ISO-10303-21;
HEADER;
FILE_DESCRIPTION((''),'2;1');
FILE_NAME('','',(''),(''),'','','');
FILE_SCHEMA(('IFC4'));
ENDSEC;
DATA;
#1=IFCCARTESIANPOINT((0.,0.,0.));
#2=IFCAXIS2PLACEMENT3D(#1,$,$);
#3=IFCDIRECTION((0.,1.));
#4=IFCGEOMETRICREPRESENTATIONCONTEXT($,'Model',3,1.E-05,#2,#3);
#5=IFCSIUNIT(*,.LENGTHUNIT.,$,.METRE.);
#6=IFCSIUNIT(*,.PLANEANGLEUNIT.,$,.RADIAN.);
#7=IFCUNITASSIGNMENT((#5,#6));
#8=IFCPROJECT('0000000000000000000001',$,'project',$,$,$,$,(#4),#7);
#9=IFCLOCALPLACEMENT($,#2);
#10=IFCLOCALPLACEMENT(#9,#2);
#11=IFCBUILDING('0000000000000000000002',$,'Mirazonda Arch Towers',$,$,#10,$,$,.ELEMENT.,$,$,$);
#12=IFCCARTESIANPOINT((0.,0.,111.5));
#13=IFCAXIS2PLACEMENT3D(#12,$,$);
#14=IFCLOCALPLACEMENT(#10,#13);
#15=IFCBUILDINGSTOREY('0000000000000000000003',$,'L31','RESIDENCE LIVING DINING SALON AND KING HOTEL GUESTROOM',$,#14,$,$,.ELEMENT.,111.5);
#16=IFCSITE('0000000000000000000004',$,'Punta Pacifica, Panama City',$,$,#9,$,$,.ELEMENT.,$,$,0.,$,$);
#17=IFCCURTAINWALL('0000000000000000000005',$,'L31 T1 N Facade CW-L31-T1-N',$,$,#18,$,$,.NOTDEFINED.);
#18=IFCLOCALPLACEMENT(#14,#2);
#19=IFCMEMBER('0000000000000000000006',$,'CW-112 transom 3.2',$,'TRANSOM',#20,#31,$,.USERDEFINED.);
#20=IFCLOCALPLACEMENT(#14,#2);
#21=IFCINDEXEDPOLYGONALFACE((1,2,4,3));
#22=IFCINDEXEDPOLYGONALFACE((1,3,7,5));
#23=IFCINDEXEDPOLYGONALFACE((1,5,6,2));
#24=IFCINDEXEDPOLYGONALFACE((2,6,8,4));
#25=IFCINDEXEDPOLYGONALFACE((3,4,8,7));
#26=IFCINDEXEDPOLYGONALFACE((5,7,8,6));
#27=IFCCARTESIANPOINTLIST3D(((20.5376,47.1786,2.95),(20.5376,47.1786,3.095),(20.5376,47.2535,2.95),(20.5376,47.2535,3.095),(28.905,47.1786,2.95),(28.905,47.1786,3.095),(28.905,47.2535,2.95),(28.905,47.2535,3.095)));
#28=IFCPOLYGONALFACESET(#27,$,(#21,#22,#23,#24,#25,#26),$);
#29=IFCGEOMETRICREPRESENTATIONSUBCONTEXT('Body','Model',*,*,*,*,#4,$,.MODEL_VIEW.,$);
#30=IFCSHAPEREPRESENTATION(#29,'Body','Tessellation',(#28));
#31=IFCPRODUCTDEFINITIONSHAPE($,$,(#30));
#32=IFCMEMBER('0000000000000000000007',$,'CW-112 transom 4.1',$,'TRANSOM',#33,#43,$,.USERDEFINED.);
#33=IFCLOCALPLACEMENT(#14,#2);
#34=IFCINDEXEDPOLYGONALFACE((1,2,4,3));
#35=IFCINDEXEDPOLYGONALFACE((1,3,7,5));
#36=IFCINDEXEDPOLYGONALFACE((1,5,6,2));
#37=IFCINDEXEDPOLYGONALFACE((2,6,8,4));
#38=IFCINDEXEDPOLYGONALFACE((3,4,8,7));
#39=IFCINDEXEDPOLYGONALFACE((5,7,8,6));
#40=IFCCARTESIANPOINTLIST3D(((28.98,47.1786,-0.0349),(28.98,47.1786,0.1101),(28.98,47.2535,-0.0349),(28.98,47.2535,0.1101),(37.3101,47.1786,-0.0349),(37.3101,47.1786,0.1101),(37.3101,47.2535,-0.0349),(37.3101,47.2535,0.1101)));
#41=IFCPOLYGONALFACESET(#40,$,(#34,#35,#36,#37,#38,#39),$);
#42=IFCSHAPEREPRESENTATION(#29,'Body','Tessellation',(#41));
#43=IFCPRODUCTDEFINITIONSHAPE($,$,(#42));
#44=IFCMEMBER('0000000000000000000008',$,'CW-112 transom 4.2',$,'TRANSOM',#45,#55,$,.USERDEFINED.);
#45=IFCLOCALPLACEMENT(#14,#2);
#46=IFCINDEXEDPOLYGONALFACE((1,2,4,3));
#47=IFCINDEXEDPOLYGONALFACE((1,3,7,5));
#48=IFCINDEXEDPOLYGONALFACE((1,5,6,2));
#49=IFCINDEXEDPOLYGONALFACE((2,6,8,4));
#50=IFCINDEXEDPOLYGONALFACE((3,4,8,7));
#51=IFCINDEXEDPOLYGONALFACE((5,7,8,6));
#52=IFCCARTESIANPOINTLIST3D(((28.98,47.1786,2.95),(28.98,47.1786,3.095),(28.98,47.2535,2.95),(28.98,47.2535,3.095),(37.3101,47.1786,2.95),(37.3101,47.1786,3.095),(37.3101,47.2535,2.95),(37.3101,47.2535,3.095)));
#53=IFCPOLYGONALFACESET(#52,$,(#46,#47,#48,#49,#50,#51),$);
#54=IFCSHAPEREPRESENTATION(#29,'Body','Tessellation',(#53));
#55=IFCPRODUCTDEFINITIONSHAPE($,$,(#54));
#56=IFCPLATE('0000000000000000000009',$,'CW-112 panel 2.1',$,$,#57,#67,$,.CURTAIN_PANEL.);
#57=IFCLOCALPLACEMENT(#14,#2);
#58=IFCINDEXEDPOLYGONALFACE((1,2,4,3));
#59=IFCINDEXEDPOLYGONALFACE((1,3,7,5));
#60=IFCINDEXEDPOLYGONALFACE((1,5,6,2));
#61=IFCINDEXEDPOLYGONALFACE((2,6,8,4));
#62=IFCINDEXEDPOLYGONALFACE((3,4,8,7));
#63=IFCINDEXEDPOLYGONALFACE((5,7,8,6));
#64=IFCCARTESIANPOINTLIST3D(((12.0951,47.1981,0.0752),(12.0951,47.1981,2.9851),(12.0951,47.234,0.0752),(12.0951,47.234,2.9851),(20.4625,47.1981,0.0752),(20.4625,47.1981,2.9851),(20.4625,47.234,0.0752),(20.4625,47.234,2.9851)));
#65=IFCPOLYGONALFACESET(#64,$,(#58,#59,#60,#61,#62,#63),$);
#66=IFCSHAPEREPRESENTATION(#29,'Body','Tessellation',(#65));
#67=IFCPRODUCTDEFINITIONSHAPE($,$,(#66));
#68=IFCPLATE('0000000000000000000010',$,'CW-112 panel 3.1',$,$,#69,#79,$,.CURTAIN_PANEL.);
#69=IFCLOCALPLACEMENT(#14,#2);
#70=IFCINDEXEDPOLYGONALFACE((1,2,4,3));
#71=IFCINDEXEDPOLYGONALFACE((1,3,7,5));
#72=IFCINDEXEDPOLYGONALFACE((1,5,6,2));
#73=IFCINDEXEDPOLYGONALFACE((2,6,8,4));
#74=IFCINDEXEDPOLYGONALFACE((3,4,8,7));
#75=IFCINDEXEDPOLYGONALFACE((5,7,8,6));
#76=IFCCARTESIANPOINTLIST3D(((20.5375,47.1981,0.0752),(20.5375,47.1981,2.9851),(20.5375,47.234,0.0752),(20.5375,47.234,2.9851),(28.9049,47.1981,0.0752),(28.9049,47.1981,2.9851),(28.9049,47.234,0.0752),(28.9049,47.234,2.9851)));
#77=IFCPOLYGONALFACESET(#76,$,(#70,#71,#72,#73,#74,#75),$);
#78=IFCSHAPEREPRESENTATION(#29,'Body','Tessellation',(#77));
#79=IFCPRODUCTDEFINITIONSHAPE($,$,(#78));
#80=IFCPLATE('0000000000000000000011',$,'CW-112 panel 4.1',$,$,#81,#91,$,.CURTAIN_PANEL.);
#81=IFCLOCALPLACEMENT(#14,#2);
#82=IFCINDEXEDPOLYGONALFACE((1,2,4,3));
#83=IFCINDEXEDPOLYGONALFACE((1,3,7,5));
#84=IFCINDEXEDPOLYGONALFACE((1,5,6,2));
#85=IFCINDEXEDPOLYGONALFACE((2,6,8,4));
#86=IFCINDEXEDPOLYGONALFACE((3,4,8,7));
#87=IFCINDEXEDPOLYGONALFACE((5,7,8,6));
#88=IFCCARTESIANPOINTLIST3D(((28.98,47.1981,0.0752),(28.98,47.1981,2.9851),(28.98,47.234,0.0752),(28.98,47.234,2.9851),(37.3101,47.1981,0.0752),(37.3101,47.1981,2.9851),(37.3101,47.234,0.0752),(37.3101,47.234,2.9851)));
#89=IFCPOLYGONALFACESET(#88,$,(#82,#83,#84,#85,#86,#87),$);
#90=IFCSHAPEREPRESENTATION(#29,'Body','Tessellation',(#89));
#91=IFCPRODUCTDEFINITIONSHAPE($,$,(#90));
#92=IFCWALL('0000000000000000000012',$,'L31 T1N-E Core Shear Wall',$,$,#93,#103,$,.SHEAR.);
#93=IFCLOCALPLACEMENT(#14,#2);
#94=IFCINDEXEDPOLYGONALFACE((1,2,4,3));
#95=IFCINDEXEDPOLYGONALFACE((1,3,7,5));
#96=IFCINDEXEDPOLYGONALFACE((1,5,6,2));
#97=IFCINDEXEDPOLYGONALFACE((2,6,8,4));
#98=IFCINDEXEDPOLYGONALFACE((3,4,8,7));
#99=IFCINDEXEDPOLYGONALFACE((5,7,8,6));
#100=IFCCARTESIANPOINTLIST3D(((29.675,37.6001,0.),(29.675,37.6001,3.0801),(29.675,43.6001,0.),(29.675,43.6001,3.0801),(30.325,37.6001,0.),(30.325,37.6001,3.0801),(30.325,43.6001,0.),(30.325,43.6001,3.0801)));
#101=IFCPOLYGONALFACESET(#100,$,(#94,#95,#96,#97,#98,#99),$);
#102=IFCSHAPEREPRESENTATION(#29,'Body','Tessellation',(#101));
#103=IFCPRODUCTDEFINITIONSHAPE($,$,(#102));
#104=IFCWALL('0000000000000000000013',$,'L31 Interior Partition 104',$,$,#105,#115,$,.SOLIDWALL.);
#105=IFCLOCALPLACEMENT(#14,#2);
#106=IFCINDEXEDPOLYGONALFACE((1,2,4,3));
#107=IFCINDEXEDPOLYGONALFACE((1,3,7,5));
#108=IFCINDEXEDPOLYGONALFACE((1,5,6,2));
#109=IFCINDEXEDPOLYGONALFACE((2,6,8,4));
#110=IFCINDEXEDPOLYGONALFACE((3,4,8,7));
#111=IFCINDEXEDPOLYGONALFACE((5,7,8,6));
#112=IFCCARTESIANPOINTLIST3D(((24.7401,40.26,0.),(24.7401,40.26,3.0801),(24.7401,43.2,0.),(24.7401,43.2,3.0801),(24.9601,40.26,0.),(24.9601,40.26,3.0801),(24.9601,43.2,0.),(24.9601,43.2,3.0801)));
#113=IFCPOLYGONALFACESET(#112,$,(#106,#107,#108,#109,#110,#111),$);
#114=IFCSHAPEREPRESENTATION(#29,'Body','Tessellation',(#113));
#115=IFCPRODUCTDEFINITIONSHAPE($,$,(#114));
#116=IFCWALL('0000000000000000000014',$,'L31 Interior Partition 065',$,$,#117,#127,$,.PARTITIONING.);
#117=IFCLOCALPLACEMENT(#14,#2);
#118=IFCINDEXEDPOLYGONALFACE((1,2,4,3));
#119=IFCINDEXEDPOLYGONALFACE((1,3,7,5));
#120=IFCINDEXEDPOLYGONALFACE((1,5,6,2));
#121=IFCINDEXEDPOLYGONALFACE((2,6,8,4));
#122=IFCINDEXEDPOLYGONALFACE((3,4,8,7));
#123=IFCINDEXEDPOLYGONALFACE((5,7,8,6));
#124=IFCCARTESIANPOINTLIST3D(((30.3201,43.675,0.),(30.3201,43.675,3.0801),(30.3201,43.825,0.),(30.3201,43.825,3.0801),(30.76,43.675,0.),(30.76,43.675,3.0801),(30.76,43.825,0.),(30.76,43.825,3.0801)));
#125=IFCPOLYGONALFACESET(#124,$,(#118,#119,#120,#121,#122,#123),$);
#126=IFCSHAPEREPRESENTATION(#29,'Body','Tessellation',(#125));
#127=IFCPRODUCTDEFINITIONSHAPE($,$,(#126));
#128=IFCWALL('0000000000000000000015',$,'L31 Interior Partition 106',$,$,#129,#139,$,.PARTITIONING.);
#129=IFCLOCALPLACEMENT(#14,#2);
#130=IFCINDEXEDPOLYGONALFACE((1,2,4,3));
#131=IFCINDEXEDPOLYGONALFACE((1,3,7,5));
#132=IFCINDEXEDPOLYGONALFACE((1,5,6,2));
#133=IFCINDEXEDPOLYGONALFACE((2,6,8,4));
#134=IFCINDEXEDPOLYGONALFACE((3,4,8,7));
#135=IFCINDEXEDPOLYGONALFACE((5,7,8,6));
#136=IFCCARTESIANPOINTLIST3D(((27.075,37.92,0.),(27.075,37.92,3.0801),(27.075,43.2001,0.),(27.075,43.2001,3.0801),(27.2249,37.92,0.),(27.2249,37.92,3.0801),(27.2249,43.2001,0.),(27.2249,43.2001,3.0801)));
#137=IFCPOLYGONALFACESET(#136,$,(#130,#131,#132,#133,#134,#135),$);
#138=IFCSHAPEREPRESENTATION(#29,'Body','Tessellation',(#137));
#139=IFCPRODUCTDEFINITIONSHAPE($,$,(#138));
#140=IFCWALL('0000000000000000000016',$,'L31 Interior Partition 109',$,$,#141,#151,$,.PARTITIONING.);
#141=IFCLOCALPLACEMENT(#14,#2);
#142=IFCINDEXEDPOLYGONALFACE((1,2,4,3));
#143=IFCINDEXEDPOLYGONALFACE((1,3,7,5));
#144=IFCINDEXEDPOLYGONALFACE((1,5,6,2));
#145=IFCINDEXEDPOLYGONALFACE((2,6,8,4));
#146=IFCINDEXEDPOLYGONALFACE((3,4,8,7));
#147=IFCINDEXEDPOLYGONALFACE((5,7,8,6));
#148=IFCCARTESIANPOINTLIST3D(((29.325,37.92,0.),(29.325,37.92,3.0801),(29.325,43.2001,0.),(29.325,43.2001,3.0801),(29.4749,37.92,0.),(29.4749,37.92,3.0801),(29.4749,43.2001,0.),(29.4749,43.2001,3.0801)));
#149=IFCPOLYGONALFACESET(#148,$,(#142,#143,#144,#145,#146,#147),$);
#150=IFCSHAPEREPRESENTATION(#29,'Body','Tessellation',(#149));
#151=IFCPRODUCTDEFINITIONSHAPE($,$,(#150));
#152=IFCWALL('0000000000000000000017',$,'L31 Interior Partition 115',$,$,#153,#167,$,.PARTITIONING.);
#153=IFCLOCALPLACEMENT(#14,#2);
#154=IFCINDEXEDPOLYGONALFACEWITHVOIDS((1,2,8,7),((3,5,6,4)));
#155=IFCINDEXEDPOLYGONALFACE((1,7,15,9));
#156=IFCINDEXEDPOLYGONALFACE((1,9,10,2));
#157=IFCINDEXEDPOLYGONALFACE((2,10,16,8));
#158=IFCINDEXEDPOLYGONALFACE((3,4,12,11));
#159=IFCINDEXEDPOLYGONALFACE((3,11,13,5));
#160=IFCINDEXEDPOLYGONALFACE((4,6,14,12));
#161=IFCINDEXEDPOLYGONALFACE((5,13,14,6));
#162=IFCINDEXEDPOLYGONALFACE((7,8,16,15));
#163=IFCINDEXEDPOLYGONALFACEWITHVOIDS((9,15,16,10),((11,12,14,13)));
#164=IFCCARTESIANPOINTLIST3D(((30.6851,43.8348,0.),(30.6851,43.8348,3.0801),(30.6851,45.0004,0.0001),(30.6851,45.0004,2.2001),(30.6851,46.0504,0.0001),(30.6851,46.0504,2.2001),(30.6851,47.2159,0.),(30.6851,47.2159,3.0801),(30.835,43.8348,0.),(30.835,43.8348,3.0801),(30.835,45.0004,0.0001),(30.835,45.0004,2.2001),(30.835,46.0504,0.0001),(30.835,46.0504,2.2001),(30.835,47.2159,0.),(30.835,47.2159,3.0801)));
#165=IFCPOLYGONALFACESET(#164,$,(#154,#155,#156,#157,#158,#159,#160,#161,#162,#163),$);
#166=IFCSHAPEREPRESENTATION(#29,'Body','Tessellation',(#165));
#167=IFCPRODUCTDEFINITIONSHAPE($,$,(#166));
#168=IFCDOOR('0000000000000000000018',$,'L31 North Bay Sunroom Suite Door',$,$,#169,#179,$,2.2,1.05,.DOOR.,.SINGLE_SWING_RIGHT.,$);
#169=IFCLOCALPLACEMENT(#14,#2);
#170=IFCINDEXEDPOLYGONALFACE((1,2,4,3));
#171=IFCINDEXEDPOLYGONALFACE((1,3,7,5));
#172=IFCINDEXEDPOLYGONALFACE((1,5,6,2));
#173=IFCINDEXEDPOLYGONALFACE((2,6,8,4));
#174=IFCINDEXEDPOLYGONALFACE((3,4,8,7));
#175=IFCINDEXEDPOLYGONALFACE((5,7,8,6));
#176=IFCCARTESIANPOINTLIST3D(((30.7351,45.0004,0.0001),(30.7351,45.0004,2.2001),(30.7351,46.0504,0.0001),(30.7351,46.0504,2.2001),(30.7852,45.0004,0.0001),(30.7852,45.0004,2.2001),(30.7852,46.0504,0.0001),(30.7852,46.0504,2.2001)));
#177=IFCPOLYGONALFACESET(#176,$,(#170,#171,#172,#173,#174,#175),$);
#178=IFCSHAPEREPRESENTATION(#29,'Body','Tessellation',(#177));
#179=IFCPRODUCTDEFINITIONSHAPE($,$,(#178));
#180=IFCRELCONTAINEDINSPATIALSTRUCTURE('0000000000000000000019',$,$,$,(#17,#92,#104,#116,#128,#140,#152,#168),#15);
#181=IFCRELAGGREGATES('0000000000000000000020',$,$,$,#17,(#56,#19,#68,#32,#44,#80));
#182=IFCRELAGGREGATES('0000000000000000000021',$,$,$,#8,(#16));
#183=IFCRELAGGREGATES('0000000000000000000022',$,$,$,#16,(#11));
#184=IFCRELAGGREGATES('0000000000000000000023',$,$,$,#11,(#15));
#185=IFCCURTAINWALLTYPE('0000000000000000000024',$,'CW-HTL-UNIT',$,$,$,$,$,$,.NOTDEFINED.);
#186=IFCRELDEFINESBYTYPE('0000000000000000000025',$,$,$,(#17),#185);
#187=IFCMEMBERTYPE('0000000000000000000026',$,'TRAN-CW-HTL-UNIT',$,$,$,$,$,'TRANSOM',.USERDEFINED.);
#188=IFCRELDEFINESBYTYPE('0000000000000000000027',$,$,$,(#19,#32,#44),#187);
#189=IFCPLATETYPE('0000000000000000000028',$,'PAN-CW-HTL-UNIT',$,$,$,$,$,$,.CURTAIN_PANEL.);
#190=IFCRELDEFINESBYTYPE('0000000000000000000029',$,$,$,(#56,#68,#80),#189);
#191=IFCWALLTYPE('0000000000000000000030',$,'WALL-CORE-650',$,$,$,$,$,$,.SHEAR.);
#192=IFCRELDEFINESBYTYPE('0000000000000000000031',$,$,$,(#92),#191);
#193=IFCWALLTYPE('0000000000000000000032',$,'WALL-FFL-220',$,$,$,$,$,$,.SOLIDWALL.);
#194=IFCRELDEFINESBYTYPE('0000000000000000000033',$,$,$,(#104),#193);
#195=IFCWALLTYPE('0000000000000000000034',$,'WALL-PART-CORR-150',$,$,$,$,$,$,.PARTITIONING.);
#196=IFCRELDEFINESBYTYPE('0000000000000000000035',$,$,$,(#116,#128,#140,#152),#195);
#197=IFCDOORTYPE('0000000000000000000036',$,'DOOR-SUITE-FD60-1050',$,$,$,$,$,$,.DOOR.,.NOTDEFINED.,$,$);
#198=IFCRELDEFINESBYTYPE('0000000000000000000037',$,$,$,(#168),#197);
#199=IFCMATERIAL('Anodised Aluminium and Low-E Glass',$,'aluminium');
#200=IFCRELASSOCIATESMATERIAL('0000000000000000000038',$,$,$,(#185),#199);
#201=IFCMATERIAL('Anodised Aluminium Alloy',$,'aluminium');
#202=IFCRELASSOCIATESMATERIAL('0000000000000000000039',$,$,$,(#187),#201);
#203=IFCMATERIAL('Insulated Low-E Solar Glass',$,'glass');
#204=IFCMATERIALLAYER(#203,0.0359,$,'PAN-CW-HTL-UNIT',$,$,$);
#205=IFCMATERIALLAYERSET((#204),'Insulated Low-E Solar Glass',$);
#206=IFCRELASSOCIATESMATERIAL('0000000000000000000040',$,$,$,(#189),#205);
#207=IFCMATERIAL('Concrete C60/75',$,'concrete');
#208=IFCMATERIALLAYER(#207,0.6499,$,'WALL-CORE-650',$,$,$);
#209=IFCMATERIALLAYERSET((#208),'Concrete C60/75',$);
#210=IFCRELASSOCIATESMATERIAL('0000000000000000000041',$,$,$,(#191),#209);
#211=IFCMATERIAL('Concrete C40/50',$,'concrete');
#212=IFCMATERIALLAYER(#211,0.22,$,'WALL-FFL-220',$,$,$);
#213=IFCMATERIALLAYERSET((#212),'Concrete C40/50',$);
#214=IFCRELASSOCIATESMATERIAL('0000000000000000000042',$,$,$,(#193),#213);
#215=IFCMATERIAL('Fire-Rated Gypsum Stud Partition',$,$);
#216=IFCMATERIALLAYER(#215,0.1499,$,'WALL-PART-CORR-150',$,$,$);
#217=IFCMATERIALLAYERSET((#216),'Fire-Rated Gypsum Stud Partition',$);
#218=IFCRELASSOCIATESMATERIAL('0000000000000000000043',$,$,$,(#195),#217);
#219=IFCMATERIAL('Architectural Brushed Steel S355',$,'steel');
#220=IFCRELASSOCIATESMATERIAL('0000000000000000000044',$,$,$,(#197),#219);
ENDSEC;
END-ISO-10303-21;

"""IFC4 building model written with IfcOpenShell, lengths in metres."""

from ifc_helpers import new_model, si_unit, direction, frame, frame_2d, origin, origin_2d, place, context, subcontext, project, spatial, rectangle, extrude, material, layer, layer_set, material_profile, profile_set, type_object, element, fill, aggregate, save


model = new_model("IFC4")

# Units and contexts
model_context = context("Model", 3, precision=1e-05, world=origin(), true_north=direction((0.0, 1.0)))
body_context = subcontext(model_context, "Body", "Model", "MODEL_VIEW")
ifc_project = project(units=[si_unit("LENGTHUNIT", "METRE"), si_unit("PLANEANGLEUNIT", "RADIAN")], contexts=[model_context])

# Site, building, storey
site_placement = place(None, origin())
site = spatial("IfcSite", under=ifc_project, at=site_placement, Name="Punta Pacifica, Panama City", CompositionType="ELEMENT", RefElevation=0.0)
building_placement = place(site_placement, origin())
building = spatial("IfcBuilding", under=site, at=building_placement, Name="Mirazonda Arch Towers", CompositionType="ELEMENT")
storey_placement = place(building_placement, frame((0.0, 0.0, 111.5)))
storey = spatial("IfcBuildingStorey", under=building, at=storey_placement, Name="L31", Description="RESIDENCE LIVING DINING SALON AND KING HOTEL GUESTROOM", CompositionType="ELEMENT", Elevation=111.5)

# Shared definitions
ifc_material_1 = material(Name="Concrete C60/75", Category="concrete")

# Curtain wall, members, plates
ifc_material_2 = material(Name="Anodised Aluminium and Low-E Glass", Category="aluminium")
curtain_wall_type = type_object("IfcCurtainWallType", Name="CW-HTL-UNIT", PredefinedType="NOTDEFINED", material=ifc_material_2)
curtain_wall_placement = place(storey_placement, origin())
curtain_wall = element("IfcCurtainWall", 1, at=curtain_wall_placement, inside=storey, type_object=curtain_wall_type, Name="L31 T1 N Facade CW-L31-T1-N", PredefinedType="NOTDEFINED")
ifc_material_3 = material(Name="Anodised Aluminium Alloy", Category="aluminium")
ifc_material_profile_1 = material_profile(ifc_material_3, rectangle(XDim=0.075, YDim=0.145, at=origin_2d()), Name="ALU-TRAN-75x145")
ifc_profile_set_1 = profile_set([ifc_material_profile_1], Name="Anodised Aluminium Alloy")
member_type_1 = type_object("IfcMemberType", Name="TRAN-CW-HTL-UNIT", ElementType="TRANSOM", PredefinedType="USERDEFINED", material=ifc_profile_set_1)
member_1_placement = place(storey_placement, frame((20.5376, 47.2161, 3.0225), z_axis=(1.0, 0.0, 0.0), x_axis=(0.0, 1.0, 0.0)))
member_1 = element("IfcMember", 2, at=member_1_placement, type_object=member_type_1, Name="CW-112 transom 3.2", ObjectType="TRANSOM", PredefinedType="USERDEFINED", context=body_context, shape_type="SweptSolid", body=[
    extrude(rectangle(XDim=0.075, YDim=0.145, at=origin_2d()), origin(), (0.0, 0.0, 1.0), 8.3674),
])
member_2_placement = place(storey_placement, frame((28.98, 47.2161, 0.0376), z_axis=(1.0, 0.0, 0.0), x_axis=(0.0, 1.0, 0.0)))
member_2 = element("IfcMember", 3, at=member_2_placement, type_object=member_type_1, Name="CW-112 transom 4.1", ObjectType="TRANSOM", PredefinedType="USERDEFINED", context=body_context, shape_type="SweptSolid", body=[
    extrude(rectangle(XDim=0.075, YDim=0.145, at=origin_2d()), origin(), (0.0, 0.0, 1.0), 8.3301),
])
member_3_placement = place(storey_placement, frame((28.98, 47.2161, 3.0225), z_axis=(1.0, 0.0, 0.0), x_axis=(0.0, 1.0, 0.0)))
member_3 = element("IfcMember", 4, at=member_3_placement, type_object=member_type_1, Name="CW-112 transom 4.2", ObjectType="TRANSOM", PredefinedType="USERDEFINED", context=body_context, shape_type="SweptSolid", body=[
    extrude(rectangle(XDim=0.075, YDim=0.145, at=origin_2d()), origin(), (0.0, 0.0, 1.0), 8.3301),
])
ifc_material_4 = material(Name="Insulated Low-E Solar Glass", Category="glass")
ifc_layer_1 = layer(ifc_material_4, 0.0359, Name="PAN-CW-HTL-UNIT")
ifc_layer_set_1 = layer_set([ifc_layer_1], Name="Insulated Low-E Solar Glass")
plate_type = type_object("IfcPlateType", Name="PAN-CW-HTL-UNIT", PredefinedType="CURTAIN_PANEL", material=ifc_layer_set_1)
plate_1_placement = place(storey_placement, frame((16.2788, 47.2161, 0.0752), z_axis=(0.0, 0.0, 1.0), x_axis=(1.0, 0.0, 0.0)))
plate_1 = element("IfcPlate", 5, at=plate_1_placement, type_object=plate_type, Name="CW-112 panel 2.1", PredefinedType="CURTAIN_PANEL", context=body_context, shape_type="SweptSolid", body=[
    extrude(rectangle(XDim=8.3674, YDim=0.0359, at=origin_2d()), origin(), (0.0, 0.0, 1.0), 2.9099),
])
plate_2_placement = place(storey_placement, frame((24.7212, 47.2161, 0.0752), z_axis=(0.0, 0.0, 1.0), x_axis=(1.0, 0.0, 0.0)))
plate_2 = element("IfcPlate", 6, at=plate_2_placement, type_object=plate_type, Name="CW-112 panel 3.1", PredefinedType="CURTAIN_PANEL", context=body_context, shape_type="SweptSolid", body=[
    extrude(rectangle(XDim=8.3674, YDim=0.0359, at=origin_2d()), origin(), (0.0, 0.0, 1.0), 2.9099),
])
plate_3_placement = place(storey_placement, frame((33.145, 47.2161, 0.0752), z_axis=(0.0, 0.0, 1.0), x_axis=(1.0, 0.0, 0.0)))
plate_3 = element("IfcPlate", 7, at=plate_3_placement, type_object=plate_type, Name="CW-112 panel 4.1", PredefinedType="CURTAIN_PANEL", context=body_context, shape_type="SweptSolid", body=[
    extrude(rectangle(XDim=8.3301, YDim=0.0359, at=origin_2d()), origin(), (0.0, 0.0, 1.0), 2.9099),
])
aggregate(curtain_wall, [plate_1, member_1, plate_2, member_2, member_3, plate_3])

# Walls
ifc_layer_2 = layer(ifc_material_1, 0.6499, Name="WALL-CORE-650")
ifc_layer_set_2 = layer_set([ifc_layer_2], Name="Concrete C60/75")
wall_type_1 = type_object("IfcWallType", Name="WALL-CORE-650", PredefinedType="SHEAR", material=ifc_layer_set_2)
wall_1_placement = place(storey_placement, frame((30.0, 37.6001, 0.0), z_axis=(0.0, 0.0, 1.0), x_axis=(0.0, 1.0, 0.0)))
element("IfcWall", 8, at=wall_1_placement, inside=storey, type_object=wall_type_1, Name="L31 T1N-E Core Shear Wall", PredefinedType="SHEAR", context=body_context, shape_type="SweptSolid", body=[
    extrude(rectangle(XDim=6.0, YDim=0.6499, at=frame_2d((3.0, 0.0))), origin(), (0.0, 0.0, 1.0), 3.0801),
])
ifc_material_5 = material(Name="Concrete C40/50", Category="concrete")
ifc_layer_3 = layer(ifc_material_5, 0.22, Name="WALL-FFL-220")
ifc_layer_set_3 = layer_set([ifc_layer_3], Name="Concrete C40/50")
wall_type_2 = type_object("IfcWallType", Name="WALL-FFL-220", PredefinedType="SOLIDWALL", material=ifc_layer_set_3)
wall_2_placement = place(storey_placement, frame((24.8501, 40.26, 0.0), z_axis=(0.0, 0.0, 1.0), x_axis=(0.0, 1.0, 0.0)))
element("IfcWall", 9, at=wall_2_placement, inside=storey, type_object=wall_type_2, Name="L31 Interior Partition 104", PredefinedType="SOLIDWALL", context=body_context, shape_type="SweptSolid", body=[
    extrude(rectangle(XDim=2.9399, YDim=0.22, at=frame_2d((1.47, 0.0))), origin(), (0.0, 0.0, 1.0), 3.0801),
])
ifc_material_6 = material(Name="Fire-Rated Gypsum Stud Partition")
ifc_layer_4 = layer(ifc_material_6, 0.1499, Name="WALL-PART-CORR-150")
ifc_layer_set_4 = layer_set([ifc_layer_4], Name="Fire-Rated Gypsum Stud Partition")
wall_type_3 = type_object("IfcWallType", Name="WALL-PART-CORR-150", PredefinedType="PARTITIONING", material=ifc_layer_set_4)
wall_3_placement = place(storey_placement, frame((30.3201, 43.75, 0.0), z_axis=(0.0, 0.0, 1.0), x_axis=(1.0, 0.0, 0.0)))
element("IfcWall", 10, at=wall_3_placement, inside=storey, type_object=wall_type_3, Name="L31 Interior Partition 065", PredefinedType="PARTITIONING", context=body_context, shape_type="SweptSolid", body=[
    extrude(rectangle(XDim=0.4399, YDim=0.1499, at=frame_2d((0.22, 0.0))), origin(), (0.0, 0.0, 1.0), 3.0801),
])
for number, where, z_axis, x_axis, name in (
    (11, (27.1499, 37.9199, 0.0), (0.0, 0.0, 1.0), (0.0, 1.0, 0.0), "L31 Interior Partition 106"),
    (12, (29.3999, 37.9199, 0.0), (0.0, 0.0, 1.0), (0.0, 1.0, 0.0), "L31 Interior Partition 109"),
):
    element("IfcWall", number, at=place(storey_placement, frame(where, z_axis=z_axis, x_axis=x_axis)), inside=storey, type_object=wall_type_3, Name=name, PredefinedType="PARTITIONING", context=body_context, shape_type="SweptSolid", body=[
        extrude(rectangle(XDim=5.28, YDim=0.1499, at=frame_2d((2.6401, 0.0))), origin(), (0.0, 0.0, 1.0), 3.0801),
    ])

# Wall, opening, door
wall_4_placement = place(storey_placement, frame((30.76, 43.835, 0.0), z_axis=(0.0, 0.0, 1.0), x_axis=(0.0, 1.0, 0.0)))
wall_4 = element("IfcWall", 13, at=wall_4_placement, inside=storey, type_object=wall_type_3, Name="L31 Interior Partition 115", PredefinedType="PARTITIONING", context=body_context, shape_type="SweptSolid", body=[
    extrude(rectangle(XDim=3.3811, YDim=0.1499, at=frame_2d((1.6904, 0.0))), origin(), (0.0, 0.0, 1.0), 3.0801),
])
opening_1_placement = place(wall_4_placement, frame((1.1655, 0.0, 0.0)))
opening_1 = element("IfcOpeningElement", 14, at=opening_1_placement, cuts=wall_4, PredefinedType="OPENING", context=body_context, shape_type="SweptSolid", body=[
    extrude(rectangle(XDim=1.05, YDim=2.2, at=frame_2d((0.5249, 1.1001))), frame((0.0, 0.085, 0.0), z_axis=(0.0, -1.0, 0.0), x_axis=(1.0, 0.0, 0.0)), (0.0, 0.0, 1.0), 0.1699),
])
ifc_material_7 = material(Name="Architectural Brushed Steel S355", Category="steel")
door_type_1 = type_object("IfcDoorType", Name="DOOR-SUITE-FD60-1050", OperationType="NOTDEFINED", PredefinedType="DOOR", material=ifc_material_7)
door_1_placement = place(opening_1_placement, origin())
door_1 = element("IfcDoor", 15, at=door_1_placement, inside=storey, type_object=door_type_1, Name="L31 North Bay Sunroom Suite Door", OperationType="SINGLE_SWING_RIGHT", OverallHeight=2.2, OverallWidth=1.05, PredefinedType="DOOR", context=body_context, shape_type="SweptSolid", body=[
    extrude(rectangle(XDim=1.05, YDim=2.2, at=frame_2d((0.5249, 1.1001))), frame((0.0, 0.0249, 0.0), z_axis=(0.0, -1.0, 0.0), x_axis=(1.0, 0.0, 0.0)), (0.0, 0.0, 1.0), 0.05),
])
fill(opening_1, door_1)

save(model, "model.ifc")
